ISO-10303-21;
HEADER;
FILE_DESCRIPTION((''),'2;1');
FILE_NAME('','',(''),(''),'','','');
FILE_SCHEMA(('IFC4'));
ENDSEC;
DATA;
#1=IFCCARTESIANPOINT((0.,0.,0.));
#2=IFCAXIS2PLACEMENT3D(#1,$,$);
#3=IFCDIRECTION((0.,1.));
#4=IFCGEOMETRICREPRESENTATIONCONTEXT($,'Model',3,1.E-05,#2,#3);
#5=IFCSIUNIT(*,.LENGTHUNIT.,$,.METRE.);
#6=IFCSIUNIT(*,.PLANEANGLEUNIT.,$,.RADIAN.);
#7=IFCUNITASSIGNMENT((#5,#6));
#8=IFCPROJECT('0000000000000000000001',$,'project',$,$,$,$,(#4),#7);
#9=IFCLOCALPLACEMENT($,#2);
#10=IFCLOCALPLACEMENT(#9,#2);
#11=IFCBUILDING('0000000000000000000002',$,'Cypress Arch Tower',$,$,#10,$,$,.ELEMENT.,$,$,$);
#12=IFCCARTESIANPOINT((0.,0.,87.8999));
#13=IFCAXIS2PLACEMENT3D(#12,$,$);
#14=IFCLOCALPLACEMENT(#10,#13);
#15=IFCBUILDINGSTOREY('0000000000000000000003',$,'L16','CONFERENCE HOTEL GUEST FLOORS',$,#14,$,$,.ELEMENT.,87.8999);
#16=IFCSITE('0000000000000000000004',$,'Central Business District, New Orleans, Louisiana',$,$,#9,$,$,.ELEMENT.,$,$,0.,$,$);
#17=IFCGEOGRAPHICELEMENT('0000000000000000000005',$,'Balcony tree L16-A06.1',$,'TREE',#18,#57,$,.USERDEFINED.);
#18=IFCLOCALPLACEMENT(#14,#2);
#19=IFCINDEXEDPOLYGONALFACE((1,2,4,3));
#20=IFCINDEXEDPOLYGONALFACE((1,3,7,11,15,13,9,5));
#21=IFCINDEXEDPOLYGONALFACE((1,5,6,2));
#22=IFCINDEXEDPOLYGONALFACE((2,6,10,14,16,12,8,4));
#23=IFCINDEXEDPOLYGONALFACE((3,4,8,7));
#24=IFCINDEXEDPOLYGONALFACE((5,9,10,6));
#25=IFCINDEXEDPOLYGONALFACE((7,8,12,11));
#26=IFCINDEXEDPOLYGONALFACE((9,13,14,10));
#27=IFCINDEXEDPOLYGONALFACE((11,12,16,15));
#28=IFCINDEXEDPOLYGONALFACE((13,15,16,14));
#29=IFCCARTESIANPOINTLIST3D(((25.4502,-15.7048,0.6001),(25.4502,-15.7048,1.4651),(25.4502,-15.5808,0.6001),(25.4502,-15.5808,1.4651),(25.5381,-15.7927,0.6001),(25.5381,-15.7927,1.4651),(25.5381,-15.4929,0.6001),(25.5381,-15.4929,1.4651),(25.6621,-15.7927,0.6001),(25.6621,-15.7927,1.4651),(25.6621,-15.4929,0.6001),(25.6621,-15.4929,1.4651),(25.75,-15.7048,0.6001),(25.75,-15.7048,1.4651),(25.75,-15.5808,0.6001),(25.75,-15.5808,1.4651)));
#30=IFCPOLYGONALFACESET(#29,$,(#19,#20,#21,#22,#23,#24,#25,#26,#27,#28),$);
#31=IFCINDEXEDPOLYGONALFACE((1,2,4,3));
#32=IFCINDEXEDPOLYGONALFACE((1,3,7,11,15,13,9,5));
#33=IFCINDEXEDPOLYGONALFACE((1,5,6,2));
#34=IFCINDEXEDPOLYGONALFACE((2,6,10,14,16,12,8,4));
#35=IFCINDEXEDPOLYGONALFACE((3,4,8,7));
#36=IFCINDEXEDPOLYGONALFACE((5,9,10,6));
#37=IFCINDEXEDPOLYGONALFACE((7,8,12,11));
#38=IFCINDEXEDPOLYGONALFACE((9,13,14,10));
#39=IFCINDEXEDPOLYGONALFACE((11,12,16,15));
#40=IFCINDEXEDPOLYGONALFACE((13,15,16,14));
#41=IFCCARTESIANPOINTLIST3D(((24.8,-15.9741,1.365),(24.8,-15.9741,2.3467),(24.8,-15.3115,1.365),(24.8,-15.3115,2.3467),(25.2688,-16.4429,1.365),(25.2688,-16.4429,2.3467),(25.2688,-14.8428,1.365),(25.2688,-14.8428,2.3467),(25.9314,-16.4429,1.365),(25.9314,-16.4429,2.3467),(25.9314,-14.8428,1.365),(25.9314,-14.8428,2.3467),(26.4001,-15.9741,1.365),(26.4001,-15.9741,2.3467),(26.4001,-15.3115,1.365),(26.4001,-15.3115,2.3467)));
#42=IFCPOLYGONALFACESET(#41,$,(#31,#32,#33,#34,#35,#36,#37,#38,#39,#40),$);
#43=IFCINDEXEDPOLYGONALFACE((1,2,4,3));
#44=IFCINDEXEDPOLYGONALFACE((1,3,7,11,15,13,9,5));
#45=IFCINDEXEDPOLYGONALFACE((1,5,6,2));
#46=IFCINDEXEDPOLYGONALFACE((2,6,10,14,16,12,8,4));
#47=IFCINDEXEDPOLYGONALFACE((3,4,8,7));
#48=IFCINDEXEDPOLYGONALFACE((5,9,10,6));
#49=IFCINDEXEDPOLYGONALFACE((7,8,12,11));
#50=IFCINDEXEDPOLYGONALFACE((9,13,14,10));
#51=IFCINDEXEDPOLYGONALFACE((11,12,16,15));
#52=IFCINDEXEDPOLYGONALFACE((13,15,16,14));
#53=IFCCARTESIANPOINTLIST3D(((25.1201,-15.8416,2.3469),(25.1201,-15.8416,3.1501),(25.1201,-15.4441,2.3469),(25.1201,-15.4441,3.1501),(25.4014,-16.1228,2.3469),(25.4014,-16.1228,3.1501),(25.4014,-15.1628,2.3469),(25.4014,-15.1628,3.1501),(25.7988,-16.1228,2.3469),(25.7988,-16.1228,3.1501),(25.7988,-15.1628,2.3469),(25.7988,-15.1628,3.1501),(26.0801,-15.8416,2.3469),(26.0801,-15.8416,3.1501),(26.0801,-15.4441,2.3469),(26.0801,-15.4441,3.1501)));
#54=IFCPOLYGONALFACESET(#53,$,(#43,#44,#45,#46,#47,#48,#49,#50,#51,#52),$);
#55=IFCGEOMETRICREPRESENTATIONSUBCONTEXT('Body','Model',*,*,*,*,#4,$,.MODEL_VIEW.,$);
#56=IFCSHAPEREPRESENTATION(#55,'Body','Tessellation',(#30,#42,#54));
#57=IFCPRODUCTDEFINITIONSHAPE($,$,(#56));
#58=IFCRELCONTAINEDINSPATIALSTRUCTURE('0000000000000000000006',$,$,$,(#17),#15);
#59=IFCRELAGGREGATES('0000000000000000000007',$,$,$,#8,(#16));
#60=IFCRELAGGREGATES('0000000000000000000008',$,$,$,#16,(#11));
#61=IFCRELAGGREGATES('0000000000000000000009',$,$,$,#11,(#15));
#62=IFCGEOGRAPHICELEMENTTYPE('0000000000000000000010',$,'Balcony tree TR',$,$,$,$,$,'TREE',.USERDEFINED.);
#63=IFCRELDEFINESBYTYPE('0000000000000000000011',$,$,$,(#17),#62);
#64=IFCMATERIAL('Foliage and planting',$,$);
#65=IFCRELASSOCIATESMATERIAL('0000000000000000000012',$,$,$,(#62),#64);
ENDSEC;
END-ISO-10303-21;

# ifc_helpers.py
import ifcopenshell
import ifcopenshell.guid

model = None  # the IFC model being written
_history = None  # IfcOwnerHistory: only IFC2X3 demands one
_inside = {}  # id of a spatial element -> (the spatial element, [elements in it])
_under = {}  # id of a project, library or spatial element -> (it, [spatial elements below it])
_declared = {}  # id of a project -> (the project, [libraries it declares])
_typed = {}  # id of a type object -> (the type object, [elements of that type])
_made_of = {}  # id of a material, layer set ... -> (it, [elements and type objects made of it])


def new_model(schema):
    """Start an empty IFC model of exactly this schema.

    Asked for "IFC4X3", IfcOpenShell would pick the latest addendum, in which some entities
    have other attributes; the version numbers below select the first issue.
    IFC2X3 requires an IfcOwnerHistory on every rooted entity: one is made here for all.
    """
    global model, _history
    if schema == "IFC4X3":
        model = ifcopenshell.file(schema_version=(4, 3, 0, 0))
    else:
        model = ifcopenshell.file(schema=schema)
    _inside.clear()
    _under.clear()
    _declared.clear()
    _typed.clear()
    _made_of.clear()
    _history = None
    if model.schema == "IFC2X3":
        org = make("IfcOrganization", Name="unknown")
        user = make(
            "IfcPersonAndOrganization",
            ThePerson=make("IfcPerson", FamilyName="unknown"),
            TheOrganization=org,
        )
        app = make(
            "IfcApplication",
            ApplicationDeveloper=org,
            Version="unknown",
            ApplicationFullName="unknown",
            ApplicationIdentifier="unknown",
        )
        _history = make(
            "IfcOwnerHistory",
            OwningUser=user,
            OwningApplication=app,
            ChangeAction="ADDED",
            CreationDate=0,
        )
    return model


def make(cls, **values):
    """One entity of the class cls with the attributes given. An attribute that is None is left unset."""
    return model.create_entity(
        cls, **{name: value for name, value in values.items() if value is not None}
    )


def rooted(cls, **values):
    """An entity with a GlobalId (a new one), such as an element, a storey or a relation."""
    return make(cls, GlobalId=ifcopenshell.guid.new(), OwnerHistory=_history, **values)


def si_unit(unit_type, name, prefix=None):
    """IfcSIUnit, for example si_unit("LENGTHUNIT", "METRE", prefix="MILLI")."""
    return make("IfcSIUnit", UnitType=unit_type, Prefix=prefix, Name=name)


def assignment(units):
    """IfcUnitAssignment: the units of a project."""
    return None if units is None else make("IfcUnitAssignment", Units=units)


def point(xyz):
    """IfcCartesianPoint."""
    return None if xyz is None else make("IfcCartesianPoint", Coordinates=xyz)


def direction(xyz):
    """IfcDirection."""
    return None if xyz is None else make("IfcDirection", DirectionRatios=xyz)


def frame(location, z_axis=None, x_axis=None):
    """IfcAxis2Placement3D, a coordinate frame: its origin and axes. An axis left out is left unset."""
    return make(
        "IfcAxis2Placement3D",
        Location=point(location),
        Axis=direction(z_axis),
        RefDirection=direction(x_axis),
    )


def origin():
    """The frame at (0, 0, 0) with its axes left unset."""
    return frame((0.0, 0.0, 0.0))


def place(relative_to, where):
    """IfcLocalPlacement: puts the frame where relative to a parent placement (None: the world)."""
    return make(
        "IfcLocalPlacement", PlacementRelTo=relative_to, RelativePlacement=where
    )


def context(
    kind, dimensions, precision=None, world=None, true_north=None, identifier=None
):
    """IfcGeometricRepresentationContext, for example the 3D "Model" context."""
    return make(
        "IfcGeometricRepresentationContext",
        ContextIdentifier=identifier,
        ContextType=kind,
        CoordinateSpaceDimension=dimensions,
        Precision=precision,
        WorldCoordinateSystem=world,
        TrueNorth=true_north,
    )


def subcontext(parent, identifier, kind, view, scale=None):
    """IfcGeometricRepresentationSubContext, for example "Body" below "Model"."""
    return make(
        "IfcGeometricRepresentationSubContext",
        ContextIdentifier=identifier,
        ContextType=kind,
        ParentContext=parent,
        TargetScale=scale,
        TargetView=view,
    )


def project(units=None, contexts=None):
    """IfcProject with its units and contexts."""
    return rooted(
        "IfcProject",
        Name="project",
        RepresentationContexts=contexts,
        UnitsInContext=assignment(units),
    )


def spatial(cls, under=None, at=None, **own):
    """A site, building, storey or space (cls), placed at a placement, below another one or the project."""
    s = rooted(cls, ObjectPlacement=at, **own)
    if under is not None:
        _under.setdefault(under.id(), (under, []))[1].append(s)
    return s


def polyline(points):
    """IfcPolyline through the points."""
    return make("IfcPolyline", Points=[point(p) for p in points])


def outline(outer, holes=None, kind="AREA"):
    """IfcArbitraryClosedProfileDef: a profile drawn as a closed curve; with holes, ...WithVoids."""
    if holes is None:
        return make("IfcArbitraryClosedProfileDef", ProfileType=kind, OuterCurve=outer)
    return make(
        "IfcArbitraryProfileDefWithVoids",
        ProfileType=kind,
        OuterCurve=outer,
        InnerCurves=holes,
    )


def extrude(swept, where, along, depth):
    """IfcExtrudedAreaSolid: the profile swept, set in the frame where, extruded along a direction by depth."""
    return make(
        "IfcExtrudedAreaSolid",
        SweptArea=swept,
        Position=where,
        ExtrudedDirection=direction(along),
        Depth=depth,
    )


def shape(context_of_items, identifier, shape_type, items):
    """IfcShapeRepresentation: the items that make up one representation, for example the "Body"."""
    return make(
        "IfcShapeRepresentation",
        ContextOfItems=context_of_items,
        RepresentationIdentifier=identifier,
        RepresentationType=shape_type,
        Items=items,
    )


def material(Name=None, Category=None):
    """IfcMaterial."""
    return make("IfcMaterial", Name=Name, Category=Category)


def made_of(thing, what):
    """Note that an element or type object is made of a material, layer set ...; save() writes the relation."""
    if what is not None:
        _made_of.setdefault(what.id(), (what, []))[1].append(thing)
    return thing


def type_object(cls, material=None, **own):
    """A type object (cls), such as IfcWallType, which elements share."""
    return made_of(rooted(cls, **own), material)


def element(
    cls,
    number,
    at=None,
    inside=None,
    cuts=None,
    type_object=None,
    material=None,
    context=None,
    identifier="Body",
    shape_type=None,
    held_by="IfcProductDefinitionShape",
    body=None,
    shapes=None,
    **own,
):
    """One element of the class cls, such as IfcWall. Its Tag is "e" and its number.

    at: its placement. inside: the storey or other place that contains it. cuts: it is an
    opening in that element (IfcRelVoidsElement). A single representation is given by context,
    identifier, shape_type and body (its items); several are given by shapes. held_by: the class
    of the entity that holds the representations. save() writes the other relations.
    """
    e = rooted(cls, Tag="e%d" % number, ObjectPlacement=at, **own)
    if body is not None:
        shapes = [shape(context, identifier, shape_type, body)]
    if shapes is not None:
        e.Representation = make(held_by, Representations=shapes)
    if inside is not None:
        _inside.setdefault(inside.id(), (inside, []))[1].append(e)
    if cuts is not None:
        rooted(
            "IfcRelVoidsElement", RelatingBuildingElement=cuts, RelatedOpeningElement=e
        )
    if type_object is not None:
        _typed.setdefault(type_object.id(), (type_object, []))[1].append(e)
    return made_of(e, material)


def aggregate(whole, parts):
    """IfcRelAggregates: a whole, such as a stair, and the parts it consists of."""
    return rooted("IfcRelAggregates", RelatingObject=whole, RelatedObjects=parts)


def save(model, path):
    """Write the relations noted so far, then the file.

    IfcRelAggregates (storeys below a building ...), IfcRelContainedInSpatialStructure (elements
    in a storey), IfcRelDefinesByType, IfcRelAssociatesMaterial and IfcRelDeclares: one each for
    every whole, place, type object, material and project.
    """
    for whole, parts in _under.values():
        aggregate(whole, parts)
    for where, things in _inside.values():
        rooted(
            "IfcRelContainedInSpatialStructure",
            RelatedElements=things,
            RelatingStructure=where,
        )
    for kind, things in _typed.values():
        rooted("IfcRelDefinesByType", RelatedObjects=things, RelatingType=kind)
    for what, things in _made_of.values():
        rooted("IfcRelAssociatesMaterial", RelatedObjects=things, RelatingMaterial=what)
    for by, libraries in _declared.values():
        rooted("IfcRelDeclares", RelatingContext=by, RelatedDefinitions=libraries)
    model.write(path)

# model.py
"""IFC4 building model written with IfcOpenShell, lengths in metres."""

from ifc_helpers import new_model, si_unit, direction, frame, origin, place, context, subcontext, project, spatial, polyline, outline, extrude, material, type_object, element, save


model = new_model("IFC4")

# Units and contexts
model_context = context("Model", 3, precision=1e-05, world=origin(), true_north=direction((0.0, 1.0)))
body_context = subcontext(model_context, "Body", "Model", "MODEL_VIEW")
ifc_project = project(units=[si_unit("LENGTHUNIT", "METRE"), si_unit("PLANEANGLEUNIT", "RADIAN")], contexts=[model_context])

# Site, building, storey
site_placement = place(None, origin())
site = spatial("IfcSite", under=ifc_project, at=site_placement, Name="Central Business District, New Orleans, Louisiana", CompositionType="ELEMENT", RefElevation=0.0)
building_placement = place(site_placement, origin())
building = spatial("IfcBuilding", under=site, at=building_placement, Name="Cypress Arch Tower", CompositionType="ELEMENT")
storey_placement = place(building_placement, frame((0.0, 0.0, 87.8999)))
storey = spatial("IfcBuildingStorey", under=building, at=storey_placement, Name="L16", Description="CONFERENCE HOTEL GUEST FLOORS", CompositionType="ELEMENT", Elevation=87.8999)

# Geographic element
ifc_material_1 = material(Name="Foliage and planting")
geographic_element_type = type_object("IfcGeographicElementType", Name="Balcony tree TR", ElementType="TREE", PredefinedType="USERDEFINED", material=ifc_material_1)
geographic_element_placement = place(storey_placement, frame((25.6001, -15.6428, 0.6001), z_axis=(0.0, 0.0, 1.0), x_axis=(1.0, 0.0, 0.0)))
element("IfcGeographicElement", 1, at=geographic_element_placement, inside=storey, type_object=geographic_element_type, Name="Balcony tree L16-A06.1", ObjectType="TREE", PredefinedType="USERDEFINED", context=body_context, shape_type="SweptSolid", body=[
    extrude(outline(polyline([(0.1499, 0.062), (0.062, 0.1499), (-0.062, 0.1499), (-0.1499, 0.062), (-0.1499, -0.062), (-0.062, -0.1499), (0.062, -0.1499), (0.1499, -0.062), (0.1499, 0.062)])), origin(), (0.0, 0.0, 1.0), 0.865),
    extrude(outline(polyline([(0.8, 0.3313), (0.3313, 0.8), (-0.3313, 0.8), (-0.8, 0.3313), (-0.8, -0.3313), (-0.3313, -0.8), (0.3313, -0.8), (0.8, -0.3313), (0.8, 0.3313)])), frame((0.0, 0.0, 0.7649)), (0.0, 0.0, 1.0), 0.9817),
    extrude(outline(polyline([(0.48, 0.1987), (0.1987, 0.48), (-0.1987, 0.48), (-0.48, 0.1987), (-0.48, -0.1987), (-0.1987, -0.48), (0.1987, -0.48), (0.48, -0.1987), (0.48, 0.1987)])), frame((0.0, 0.0, 1.7468)), (0.0, 0.0, 1.0), 0.8032),
])

save(model, "model.ifc")
